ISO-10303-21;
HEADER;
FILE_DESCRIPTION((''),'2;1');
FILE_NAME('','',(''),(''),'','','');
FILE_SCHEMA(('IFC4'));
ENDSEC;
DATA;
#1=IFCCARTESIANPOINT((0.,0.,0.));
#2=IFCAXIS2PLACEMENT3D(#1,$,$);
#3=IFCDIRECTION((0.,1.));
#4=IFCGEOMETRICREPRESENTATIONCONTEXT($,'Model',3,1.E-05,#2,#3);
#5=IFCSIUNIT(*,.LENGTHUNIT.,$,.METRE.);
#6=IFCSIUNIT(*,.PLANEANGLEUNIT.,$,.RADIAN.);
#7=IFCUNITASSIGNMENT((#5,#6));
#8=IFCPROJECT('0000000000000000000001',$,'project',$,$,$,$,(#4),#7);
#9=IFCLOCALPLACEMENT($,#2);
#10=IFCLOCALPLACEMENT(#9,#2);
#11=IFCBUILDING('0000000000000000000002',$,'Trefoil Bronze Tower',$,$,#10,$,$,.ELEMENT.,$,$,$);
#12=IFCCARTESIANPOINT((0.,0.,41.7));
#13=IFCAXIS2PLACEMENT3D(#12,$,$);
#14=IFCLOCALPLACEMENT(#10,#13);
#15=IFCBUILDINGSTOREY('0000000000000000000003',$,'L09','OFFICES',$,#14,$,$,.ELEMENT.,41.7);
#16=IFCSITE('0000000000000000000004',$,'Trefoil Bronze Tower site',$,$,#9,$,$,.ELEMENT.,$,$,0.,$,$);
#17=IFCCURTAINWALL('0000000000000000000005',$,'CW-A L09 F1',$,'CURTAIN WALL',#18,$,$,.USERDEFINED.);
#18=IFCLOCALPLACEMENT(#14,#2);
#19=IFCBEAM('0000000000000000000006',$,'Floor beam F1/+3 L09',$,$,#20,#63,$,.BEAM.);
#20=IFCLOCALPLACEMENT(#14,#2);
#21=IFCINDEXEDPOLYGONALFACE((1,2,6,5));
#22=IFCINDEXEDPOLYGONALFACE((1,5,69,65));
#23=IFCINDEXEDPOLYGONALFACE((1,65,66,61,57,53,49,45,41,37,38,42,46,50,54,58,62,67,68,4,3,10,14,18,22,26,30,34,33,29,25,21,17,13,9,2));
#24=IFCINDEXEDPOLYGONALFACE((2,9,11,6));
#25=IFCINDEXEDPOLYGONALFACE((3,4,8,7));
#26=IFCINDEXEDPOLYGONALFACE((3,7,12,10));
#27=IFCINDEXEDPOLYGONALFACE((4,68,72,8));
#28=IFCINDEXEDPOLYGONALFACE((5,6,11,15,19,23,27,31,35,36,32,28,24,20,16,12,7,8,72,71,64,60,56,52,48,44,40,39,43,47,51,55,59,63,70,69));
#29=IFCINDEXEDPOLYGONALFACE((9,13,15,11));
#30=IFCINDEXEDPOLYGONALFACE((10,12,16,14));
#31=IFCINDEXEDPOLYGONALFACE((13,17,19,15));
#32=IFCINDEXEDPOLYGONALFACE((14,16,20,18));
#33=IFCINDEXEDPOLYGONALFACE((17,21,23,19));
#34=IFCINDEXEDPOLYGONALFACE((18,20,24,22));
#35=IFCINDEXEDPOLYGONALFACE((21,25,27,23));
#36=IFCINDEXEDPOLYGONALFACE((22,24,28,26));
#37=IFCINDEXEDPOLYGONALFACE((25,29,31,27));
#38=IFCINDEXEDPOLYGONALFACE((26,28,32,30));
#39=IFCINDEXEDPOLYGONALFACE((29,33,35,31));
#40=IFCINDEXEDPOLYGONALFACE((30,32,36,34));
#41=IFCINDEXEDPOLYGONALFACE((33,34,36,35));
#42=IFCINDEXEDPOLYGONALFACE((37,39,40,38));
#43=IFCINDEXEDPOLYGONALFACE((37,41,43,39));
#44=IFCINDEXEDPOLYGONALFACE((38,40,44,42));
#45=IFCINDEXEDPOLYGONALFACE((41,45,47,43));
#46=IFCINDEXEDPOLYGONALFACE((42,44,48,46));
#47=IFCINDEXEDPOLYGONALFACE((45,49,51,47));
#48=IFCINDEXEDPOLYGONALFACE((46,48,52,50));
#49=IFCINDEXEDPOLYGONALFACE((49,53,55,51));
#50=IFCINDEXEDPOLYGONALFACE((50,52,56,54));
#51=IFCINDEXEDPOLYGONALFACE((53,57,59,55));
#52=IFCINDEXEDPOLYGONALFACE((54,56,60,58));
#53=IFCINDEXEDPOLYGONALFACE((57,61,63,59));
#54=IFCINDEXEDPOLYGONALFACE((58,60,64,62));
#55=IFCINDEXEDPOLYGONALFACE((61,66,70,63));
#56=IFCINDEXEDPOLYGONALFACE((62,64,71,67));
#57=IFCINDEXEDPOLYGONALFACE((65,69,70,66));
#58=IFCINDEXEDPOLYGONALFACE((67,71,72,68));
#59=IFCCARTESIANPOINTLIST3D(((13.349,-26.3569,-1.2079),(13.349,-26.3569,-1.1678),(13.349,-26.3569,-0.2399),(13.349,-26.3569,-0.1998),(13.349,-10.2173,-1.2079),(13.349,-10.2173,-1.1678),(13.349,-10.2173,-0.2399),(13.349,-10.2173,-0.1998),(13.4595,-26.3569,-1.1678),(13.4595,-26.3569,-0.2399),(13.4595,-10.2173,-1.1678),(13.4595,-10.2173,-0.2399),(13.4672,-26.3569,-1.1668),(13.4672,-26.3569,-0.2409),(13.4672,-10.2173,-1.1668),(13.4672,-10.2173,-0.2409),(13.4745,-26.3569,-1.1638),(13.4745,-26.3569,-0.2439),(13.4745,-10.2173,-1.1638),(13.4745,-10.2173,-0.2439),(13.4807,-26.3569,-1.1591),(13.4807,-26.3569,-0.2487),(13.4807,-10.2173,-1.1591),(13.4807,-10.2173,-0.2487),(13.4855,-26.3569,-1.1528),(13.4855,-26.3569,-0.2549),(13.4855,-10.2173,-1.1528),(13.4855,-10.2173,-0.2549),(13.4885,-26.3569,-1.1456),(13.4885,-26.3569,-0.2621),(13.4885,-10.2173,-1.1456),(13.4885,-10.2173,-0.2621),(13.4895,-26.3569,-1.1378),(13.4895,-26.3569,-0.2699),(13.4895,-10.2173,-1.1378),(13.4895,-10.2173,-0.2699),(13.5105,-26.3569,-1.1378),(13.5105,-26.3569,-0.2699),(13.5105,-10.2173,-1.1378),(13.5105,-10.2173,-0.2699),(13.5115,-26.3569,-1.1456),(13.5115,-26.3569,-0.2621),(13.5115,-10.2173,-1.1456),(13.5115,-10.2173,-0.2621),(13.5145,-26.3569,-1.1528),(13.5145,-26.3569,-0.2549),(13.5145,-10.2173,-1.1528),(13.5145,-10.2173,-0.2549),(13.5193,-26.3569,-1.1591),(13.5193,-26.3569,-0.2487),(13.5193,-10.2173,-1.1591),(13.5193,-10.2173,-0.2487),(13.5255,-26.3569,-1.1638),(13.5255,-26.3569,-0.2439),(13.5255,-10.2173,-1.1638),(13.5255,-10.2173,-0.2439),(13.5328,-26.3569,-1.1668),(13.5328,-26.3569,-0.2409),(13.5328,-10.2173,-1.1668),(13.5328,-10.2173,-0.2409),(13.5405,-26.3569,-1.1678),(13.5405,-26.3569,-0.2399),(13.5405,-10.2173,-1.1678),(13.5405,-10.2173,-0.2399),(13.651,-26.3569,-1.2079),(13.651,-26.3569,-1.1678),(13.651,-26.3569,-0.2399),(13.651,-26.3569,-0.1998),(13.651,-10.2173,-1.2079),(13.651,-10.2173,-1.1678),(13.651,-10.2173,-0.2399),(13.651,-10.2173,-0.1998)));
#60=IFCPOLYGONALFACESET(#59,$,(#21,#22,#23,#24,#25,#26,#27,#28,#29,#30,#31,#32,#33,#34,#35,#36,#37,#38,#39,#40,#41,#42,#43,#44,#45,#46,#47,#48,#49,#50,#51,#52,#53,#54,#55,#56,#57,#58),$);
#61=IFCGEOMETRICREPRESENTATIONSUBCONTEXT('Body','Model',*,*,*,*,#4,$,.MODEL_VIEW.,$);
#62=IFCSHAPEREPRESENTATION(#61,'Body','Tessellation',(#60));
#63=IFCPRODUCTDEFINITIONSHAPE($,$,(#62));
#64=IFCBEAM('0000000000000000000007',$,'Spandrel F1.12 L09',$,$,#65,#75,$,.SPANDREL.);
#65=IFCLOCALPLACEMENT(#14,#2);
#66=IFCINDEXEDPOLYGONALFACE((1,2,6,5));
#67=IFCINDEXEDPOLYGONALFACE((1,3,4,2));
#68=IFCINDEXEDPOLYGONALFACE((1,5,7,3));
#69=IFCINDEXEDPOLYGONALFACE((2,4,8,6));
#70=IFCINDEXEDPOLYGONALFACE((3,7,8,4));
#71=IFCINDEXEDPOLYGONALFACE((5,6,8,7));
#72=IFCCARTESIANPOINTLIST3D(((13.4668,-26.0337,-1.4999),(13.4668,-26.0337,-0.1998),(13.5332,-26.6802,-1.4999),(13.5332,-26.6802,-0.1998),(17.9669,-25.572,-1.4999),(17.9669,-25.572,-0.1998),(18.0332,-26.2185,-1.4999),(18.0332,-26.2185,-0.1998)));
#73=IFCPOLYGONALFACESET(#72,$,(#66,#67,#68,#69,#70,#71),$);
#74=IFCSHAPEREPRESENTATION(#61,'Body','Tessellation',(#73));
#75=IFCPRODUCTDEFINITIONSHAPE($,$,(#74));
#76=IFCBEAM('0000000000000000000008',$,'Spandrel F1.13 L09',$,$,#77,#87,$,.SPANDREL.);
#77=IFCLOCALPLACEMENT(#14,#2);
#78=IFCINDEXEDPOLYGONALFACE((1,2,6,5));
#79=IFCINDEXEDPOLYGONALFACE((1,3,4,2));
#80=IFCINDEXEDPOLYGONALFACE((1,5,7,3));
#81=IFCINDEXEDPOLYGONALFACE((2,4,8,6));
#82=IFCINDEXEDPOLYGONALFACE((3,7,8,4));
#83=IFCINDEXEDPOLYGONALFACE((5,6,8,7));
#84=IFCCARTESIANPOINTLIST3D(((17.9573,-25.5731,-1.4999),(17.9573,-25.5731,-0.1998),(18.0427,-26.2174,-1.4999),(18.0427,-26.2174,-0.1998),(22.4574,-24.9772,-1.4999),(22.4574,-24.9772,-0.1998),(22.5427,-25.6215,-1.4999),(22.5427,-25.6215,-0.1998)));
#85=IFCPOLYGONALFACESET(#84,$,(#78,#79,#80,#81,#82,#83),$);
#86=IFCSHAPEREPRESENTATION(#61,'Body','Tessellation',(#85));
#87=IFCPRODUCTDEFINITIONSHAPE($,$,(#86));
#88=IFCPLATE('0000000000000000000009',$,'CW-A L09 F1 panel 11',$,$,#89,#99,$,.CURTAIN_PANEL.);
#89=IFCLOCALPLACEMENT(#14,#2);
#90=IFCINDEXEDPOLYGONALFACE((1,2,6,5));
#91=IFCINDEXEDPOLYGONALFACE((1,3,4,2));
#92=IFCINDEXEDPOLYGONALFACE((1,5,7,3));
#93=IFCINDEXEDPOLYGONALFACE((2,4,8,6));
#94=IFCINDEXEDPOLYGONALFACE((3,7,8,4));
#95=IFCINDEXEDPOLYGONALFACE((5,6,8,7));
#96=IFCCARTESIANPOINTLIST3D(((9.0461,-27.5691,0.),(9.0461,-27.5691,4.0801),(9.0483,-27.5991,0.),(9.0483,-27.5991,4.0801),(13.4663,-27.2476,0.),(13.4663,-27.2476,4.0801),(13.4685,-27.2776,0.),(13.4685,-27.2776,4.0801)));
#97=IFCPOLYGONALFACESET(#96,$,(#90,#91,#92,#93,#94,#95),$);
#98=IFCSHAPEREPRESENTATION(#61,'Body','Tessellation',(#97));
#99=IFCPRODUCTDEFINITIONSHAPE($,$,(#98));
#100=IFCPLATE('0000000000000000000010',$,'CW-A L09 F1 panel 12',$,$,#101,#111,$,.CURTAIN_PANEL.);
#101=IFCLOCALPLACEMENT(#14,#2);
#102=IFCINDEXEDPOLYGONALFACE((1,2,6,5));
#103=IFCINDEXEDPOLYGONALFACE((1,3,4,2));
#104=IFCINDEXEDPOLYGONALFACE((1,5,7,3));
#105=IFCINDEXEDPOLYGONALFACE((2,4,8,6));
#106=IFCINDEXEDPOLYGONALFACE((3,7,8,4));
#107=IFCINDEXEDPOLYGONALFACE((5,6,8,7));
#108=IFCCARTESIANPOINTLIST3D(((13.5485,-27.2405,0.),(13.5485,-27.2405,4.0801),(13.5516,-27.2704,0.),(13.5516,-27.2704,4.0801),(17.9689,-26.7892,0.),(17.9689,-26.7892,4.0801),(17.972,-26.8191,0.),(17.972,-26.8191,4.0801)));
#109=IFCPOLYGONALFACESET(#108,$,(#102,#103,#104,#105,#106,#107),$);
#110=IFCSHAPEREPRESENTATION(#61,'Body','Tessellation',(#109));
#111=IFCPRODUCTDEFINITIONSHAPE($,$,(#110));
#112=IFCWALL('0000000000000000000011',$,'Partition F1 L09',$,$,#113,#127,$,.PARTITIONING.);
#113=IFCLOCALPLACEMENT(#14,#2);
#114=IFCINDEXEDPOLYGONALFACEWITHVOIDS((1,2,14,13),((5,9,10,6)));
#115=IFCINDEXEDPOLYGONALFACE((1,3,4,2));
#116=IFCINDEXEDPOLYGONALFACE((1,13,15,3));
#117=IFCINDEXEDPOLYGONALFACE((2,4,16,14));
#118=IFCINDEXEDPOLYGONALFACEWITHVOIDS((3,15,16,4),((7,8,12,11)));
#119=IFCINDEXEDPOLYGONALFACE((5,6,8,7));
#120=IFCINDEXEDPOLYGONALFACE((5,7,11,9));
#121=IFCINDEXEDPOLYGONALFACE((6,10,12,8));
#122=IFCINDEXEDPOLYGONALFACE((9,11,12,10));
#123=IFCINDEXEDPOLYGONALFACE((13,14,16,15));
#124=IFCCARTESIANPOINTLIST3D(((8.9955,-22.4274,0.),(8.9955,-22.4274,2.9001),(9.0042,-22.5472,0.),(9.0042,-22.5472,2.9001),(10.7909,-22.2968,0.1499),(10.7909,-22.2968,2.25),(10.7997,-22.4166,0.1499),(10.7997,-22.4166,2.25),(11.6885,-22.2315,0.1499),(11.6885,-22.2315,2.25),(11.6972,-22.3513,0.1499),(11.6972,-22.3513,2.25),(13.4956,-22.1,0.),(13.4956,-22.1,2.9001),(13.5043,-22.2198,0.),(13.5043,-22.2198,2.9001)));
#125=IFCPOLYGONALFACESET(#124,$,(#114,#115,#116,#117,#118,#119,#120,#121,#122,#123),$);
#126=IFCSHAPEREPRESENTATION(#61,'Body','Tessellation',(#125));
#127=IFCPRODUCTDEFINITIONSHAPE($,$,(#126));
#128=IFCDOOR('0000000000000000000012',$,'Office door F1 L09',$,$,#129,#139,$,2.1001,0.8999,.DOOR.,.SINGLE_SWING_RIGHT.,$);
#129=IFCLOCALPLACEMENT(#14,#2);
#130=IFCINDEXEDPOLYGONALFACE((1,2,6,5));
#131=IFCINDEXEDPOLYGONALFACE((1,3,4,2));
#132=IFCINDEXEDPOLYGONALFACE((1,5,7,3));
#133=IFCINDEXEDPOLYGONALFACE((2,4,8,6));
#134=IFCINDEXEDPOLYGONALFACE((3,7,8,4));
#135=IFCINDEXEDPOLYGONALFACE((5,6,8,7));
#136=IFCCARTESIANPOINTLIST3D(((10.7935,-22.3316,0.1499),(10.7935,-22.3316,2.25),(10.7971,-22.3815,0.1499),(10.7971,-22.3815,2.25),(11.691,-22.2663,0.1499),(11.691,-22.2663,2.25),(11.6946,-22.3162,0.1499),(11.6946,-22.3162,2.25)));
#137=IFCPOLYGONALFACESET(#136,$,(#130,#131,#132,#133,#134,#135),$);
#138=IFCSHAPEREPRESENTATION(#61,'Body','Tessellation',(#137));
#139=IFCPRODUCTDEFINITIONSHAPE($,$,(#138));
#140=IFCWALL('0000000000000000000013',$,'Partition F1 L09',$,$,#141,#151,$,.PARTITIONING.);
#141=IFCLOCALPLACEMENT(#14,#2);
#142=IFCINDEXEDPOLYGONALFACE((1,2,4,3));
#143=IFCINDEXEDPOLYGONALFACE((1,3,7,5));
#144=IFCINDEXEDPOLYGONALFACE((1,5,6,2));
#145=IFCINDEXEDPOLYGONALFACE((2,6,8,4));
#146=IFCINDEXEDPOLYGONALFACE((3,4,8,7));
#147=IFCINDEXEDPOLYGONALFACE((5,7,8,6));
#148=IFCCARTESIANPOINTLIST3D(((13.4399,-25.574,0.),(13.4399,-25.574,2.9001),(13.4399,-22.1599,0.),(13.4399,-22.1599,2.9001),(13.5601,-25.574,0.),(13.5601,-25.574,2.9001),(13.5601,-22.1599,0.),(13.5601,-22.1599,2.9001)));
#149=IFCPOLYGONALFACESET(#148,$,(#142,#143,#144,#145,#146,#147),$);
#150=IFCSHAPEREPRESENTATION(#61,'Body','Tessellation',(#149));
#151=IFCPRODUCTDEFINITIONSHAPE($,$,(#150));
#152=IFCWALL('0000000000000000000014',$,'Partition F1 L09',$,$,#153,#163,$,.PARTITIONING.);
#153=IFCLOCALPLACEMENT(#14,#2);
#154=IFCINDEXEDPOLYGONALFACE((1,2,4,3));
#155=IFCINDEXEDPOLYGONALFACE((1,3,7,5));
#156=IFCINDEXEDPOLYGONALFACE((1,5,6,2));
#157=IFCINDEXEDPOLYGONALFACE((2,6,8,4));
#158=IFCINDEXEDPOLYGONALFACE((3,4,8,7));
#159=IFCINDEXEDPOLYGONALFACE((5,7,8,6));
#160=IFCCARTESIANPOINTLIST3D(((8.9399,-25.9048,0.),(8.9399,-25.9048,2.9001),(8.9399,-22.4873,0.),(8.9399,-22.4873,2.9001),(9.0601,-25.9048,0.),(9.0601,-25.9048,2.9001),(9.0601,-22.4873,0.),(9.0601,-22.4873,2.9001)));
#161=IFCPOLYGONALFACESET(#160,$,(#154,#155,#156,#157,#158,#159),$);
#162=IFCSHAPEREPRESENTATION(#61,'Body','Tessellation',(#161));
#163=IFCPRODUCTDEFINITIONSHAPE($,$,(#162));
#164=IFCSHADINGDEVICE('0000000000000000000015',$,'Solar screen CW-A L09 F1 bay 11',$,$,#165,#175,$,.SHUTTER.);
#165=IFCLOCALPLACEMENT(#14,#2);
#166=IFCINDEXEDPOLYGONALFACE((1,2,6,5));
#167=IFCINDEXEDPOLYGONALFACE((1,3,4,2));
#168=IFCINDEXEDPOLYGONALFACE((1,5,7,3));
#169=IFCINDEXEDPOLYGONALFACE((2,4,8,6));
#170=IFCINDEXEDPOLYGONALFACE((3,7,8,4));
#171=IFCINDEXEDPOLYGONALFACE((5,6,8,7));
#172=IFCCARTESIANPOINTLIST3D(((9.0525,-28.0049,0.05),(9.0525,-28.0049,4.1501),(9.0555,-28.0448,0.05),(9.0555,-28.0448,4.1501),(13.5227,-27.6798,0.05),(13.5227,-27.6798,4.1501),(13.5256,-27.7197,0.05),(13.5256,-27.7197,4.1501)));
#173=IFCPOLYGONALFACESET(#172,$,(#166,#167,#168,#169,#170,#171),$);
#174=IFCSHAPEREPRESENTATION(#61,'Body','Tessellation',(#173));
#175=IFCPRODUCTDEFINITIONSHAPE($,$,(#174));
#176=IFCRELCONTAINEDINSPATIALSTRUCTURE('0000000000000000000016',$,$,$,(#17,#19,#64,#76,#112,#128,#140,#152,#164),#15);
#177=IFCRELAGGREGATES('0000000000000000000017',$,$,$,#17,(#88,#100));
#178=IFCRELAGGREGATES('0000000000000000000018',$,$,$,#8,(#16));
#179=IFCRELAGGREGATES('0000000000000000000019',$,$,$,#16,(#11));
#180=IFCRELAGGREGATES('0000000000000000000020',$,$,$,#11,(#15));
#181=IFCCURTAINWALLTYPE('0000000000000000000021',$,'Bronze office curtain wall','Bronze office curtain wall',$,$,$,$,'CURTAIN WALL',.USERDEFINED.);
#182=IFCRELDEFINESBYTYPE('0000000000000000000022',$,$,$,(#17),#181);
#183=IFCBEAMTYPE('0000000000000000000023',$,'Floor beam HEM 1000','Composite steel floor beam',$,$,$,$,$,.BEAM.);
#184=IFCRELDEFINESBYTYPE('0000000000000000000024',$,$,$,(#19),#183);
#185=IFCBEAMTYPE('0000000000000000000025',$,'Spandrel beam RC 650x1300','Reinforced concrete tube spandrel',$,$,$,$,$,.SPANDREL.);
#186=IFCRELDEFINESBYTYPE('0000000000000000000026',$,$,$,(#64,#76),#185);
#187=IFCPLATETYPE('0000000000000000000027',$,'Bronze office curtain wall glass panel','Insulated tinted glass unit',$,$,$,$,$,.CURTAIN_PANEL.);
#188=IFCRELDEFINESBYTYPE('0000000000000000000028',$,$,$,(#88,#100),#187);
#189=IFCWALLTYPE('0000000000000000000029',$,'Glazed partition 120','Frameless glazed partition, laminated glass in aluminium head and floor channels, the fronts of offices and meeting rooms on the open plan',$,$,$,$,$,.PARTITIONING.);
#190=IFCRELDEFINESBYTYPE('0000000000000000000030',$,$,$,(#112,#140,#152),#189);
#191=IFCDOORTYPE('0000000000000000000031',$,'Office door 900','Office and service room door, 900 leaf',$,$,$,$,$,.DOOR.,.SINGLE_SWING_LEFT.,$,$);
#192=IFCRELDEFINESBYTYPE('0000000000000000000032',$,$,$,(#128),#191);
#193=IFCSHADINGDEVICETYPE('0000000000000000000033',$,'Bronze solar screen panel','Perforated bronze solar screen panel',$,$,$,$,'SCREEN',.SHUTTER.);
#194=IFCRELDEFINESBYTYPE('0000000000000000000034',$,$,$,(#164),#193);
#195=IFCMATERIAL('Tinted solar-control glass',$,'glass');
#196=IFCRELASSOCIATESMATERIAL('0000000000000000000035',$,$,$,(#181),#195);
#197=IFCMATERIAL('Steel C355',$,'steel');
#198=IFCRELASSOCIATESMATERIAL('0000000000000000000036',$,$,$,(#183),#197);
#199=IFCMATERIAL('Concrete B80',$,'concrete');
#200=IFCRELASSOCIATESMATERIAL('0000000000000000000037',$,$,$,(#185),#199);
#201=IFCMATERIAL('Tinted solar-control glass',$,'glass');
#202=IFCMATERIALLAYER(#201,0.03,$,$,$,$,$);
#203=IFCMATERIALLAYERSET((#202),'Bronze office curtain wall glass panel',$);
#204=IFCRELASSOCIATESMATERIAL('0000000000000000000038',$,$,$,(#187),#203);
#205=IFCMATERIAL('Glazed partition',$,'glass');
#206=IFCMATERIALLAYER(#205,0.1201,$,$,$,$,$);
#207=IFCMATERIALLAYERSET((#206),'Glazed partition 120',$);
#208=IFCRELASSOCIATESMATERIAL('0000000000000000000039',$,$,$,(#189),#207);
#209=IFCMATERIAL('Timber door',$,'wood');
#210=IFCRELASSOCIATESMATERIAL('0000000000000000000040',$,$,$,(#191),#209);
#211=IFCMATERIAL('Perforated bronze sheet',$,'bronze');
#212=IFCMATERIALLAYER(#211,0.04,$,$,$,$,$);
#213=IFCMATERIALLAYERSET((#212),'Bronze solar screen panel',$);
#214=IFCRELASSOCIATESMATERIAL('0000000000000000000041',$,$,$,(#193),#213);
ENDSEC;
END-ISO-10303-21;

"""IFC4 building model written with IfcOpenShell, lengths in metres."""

from ifc_helpers import new_model, si_unit, direction, frame, frame_2d, origin, origin_2d, place, context, subcontext, project, spatial, rectangle, i_section, extrude, material, layer, layer_set, material_profile, profile_set, type_object, element, fill, aggregate, save


model = new_model("IFC4")

# Units and contexts
model_context = context("Model", 3, precision=1e-05, world=origin(), true_north=direction((0.0, 1.0)))
body_context = subcontext(model_context, "Body", "Model", "MODEL_VIEW")
ifc_project = project(units=[si_unit("LENGTHUNIT", "METRE"), si_unit("PLANEANGLEUNIT", "RADIAN")], contexts=[model_context])

# Site, building, storey
site_placement = place(None, origin())
site = spatial("IfcSite", under=ifc_project, at=site_placement, Name="Trefoil Bronze Tower site", CompositionType="ELEMENT", RefElevation=0.0)
building_placement = place(site_placement, origin())
building = spatial("IfcBuilding", under=site, at=building_placement, Name="Trefoil Bronze Tower", CompositionType="ELEMENT")
storey_placement = place(building_placement, frame((0.0, 0.0, 41.7)))
storey = spatial("IfcBuildingStorey", under=building, at=storey_placement, Name="L09", Description="OFFICES", CompositionType="ELEMENT", Elevation=41.7)

# Curtain wall
ifc_material_1 = material(Name="Tinted solar-control glass", Category="glass")
curtain_wall_type = type_object("IfcCurtainWallType", Name="Bronze office curtain wall", Description="Bronze office curtain wall", ElementType="CURTAIN WALL", PredefinedType="USERDEFINED", material=ifc_material_1)
curtain_wall_placement = place(storey_placement, origin())
curtain_wall = element("IfcCurtainWall", 1, at=curtain_wall_placement, inside=storey, type_object=curtain_wall_type, Name="CW-A L09 F1", ObjectType="CURTAIN WALL", PredefinedType="USERDEFINED")

# Beams
ifc_material_2 = material(Name="Steel C355", Category="steel")
ifc_material_profile_1 = material_profile(ifc_material_2, i_section(OverallWidth=0.302, OverallDepth=1.0081, WebThickness=0.021, FlangeThickness=0.04, FilletRadius=0.03, at=origin_2d()), Name="HEM 1000")
ifc_profile_set_1 = profile_set([ifc_material_profile_1], Name="Steel C355")
beam_type_1 = type_object("IfcBeamType", Name="Floor beam HEM 1000", Description="Composite steel floor beam", PredefinedType="BEAM", material=ifc_profile_set_1)
beam_1_placement = place(storey_placement, frame((13.5, -26.3569, -0.7039), z_axis=(0.0, 1.0, 0.0), x_axis=(-1.0, 0.0, 0.0)))
element("IfcBeam", 2, at=beam_1_placement, inside=storey, type_object=beam_type_1, Name="Floor beam F1/+3 L09", PredefinedType="BEAM", context=body_context, shape_type="SweptSolid", body=[
    extrude(i_section(OverallWidth=0.302, OverallDepth=1.0081, WebThickness=0.021, FlangeThickness=0.04, FilletRadius=0.03, at=origin_2d()), origin(), (0.0, 0.0, 1.0), 16.1396),
])
ifc_material_3 = material(Name="Concrete B80", Category="concrete")
ifc_material_profile_2 = material_profile(ifc_material_3, rectangle(XDim=0.6499, YDim=1.3, at=origin_2d()), Name="RC 650x1300")
ifc_profile_set_2 = profile_set([ifc_material_profile_2], Name="Concrete B80")
beam_type_2 = type_object("IfcBeamType", Name="Spandrel beam RC 650x1300", Description="Reinforced concrete tube spandrel", PredefinedType="SPANDREL", material=ifc_profile_set_2)
beam_2_placement = place(storey_placement, frame((13.5, -26.3569, -0.8499), z_axis=(0.994778, 0.102058, 0.0), x_axis=(-0.102058, 0.994778, 0.0)))
element("IfcBeam", 3, at=beam_2_placement, inside=storey, type_object=beam_type_2, Name="Spandrel F1.12 L09", PredefinedType="SPANDREL", context=body_context, shape_type="SweptSolid", body=[
    extrude(rectangle(XDim=0.6499, YDim=1.3, at=origin_2d()), origin(), (0.0, 0.0, 1.0), 4.5237),
])
beam_3_placement = place(storey_placement, frame((18.0, -25.8953, -0.8499), z_axis=(0.991344, 0.131286, 0.0), x_axis=(-0.131286, 0.991344, 0.0)))
element("IfcBeam", 4, at=beam_3_placement, inside=storey, type_object=beam_type_2, Name="Spandrel F1.13 L09", PredefinedType="SPANDREL", context=body_context, shape_type="SweptSolid", body=[
    extrude(rectangle(XDim=0.6499, YDim=1.3, at=origin_2d()), origin(), (0.0, 0.0, 1.0), 4.5393),
])

# Plates
ifc_material_4 = material(Name="Tinted solar-control glass", Category="glass")
ifc_layer_1 = layer(ifc_material_4, 0.03)
ifc_layer_set_1 = layer_set([ifc_layer_1], Name="Bronze office curtain wall glass panel")
plate_type = type_object("IfcPlateType", Name="Bronze office curtain wall glass panel", Description="Insulated tinted glass unit", PredefinedType="CURTAIN_PANEL", material=ifc_layer_set_1)
plate_1_placement = place(storey_placement, frame((11.2573, -27.4233, 0.0), z_axis=(0.0, 0.0, 1.0), x_axis=(0.997365, 0.072547, 0.0)))
plate_1 = element("IfcPlate", 5, at=plate_1_placement, type_object=plate_type, Name="CW-A L09 F1 panel 11", PredefinedType="CURTAIN_PANEL", context=body_context, shape_type="SweptSolid", body=[
    extrude(rectangle(XDim=4.4319, YDim=0.03, at=origin_2d()), origin(), (0.0, 0.0, 1.0), 4.0801),
])
plate_2_placement = place(storey_placement, frame((15.7603, -27.0298, 0.0), z_axis=(0.0, 0.0, 1.0), x_axis=(0.994829, 0.101565, 0.0)))
plate_2 = element("IfcPlate", 6, at=plate_2_placement, type_object=plate_type, Name="CW-A L09 F1 panel 12", PredefinedType="CURTAIN_PANEL", context=body_context, shape_type="SweptSolid", body=[
    extrude(rectangle(XDim=4.4434, YDim=0.03, at=origin_2d()), origin(), (0.0, 0.0, 1.0), 4.0801),
])
aggregate(curtain_wall, [plate_1, plate_2])

# Wall, opening, door
ifc_material_5 = material(Name="Glazed partition", Category="glass")
ifc_layer_2 = layer(ifc_material_5, 0.1201)
ifc_layer_set_2 = layer_set([ifc_layer_2], Name="Glazed partition 120")
wall_type = type_object("IfcWallType", Name="Glazed partition 120", Description="Frameless glazed partition, laminated glass in aluminium head and floor channels, the fronts of offices and meeting rooms on the open plan", PredefinedType="PARTITIONING", material=ifc_layer_set_2)
wall_1_placement = place(storey_placement, frame((9.0, -22.4873, 0.0), z_axis=(0.0, 0.0, 1.0), x_axis=(0.997364, 0.072562, 0.0)))
wall_1 = element("IfcWall", 7, at=wall_1_placement, inside=storey, type_object=wall_type, Name="Partition F1 L09", PredefinedType="PARTITIONING", context=body_context, shape_type="SweptSolid", body=[
    extrude(rectangle(XDim=4.512, YDim=0.1201, at=frame_2d((2.2559, 0.0))), origin(), (0.0, 0.0, 1.0), 2.9001),
])
opening_placement = place(wall_1_placement, frame((1.8, 0.0, 0.1499)))
opening = element("IfcOpeningElement", 8, at=opening_placement, cuts=wall_1, PredefinedType="OPENING", context=body_context, shape_type="SweptSolid", body=[
    extrude(rectangle(XDim=0.8999, YDim=2.1001, at=frame_2d((0.45, 1.05))), frame((0.0, 0.0701, 0.0), z_axis=(0.0, -1.0, 0.0), x_axis=(1.0, 0.0, 0.0)), (0.0, 0.0, 1.0), 0.1401),
])
ifc_material_6 = material(Name="Timber door", Category="wood")
door_type = type_object("IfcDoorType", Name="Office door 900", Description="Office and service room door, 900 leaf", OperationType="SINGLE_SWING_LEFT", PredefinedType="DOOR", material=ifc_material_6)
door_placement = place(opening_placement, frame((0.8999, 0.0, 0.0), z_axis=(0.0, 0.0, 1.0), x_axis=(-1.0, 0.0, 0.0)))
door = element("IfcDoor", 9, at=door_placement, inside=storey, type_object=door_type, Name="Office door F1 L09", OperationType="SINGLE_SWING_RIGHT", OverallHeight=2.1001, OverallWidth=0.8999, PredefinedType="DOOR", context=body_context, shape_type="SweptSolid", body=[
    extrude(rectangle(XDim=0.8999, YDim=2.1001, at=frame_2d((0.45, 1.05))), frame((0.0, 0.0249, 0.0), z_axis=(0.0, -1.0, 0.0), x_axis=(1.0, 0.0, 0.0)), (0.0, 0.0, 1.0), 0.05),
])
fill(opening, door)

# Walls
wall_2_placement = place(storey_placement, frame((13.5, -22.1599, 0.0), z_axis=(0.0, 0.0, 1.0), x_axis=(0.0, -1.0, 0.0)))
element("IfcWall", 10, at=wall_2_placement, inside=storey, type_object=wall_type, Name="Partition F1 L09", PredefinedType="PARTITIONING", context=body_context, shape_type="SweptSolid", body=[
    extrude(rectangle(XDim=3.4141, YDim=0.1201, at=frame_2d((1.707, 0.0))), origin(), (0.0, 0.0, 1.0), 2.9001),
])
wall_3_placement = place(storey_placement, frame((9.0, -22.4873, 0.0), z_axis=(0.0, 0.0, 1.0), x_axis=(0.0, -1.0, 0.0)))
element("IfcWall", 11, at=wall_3_placement, inside=storey, type_object=wall_type, Name="Partition F1 L09", PredefinedType="PARTITIONING", context=body_context, shape_type="SweptSolid", body=[
    extrude(rectangle(XDim=3.4175, YDim=0.1201, at=frame_2d((1.7087, 0.0))), origin(), (0.0, 0.0, 1.0), 2.9001),
])

# Shading device
ifc_material_7 = material(Name="Perforated bronze sheet", Category="bronze")
ifc_layer_3 = layer(ifc_material_7, 0.04)
ifc_layer_set_3 = layer_set([ifc_layer_3], Name="Bronze solar screen panel")
shading_device_type = type_object("IfcShadingDeviceType", Name="Bronze solar screen panel", Description="Perforated bronze solar screen panel", ElementType="SCREEN", PredefinedType="SHUTTER", material=ifc_layer_set_3)
shading_device_1_placement = place(storey_placement, frame((11.2891, -27.8623, 0.05), z_axis=(0.0, 0.0, 1.0), x_axis=(0.997365, 0.072547, 0.0)))
element("IfcShadingDevice", 12, at=shading_device_1_placement, inside=storey, type_object=shading_device_type, Name="Solar screen CW-A L09 F1 bay 11", PredefinedType="SHUTTER", context=body_context, shape_type="SweptSolid", body=[
    extrude(rectangle(XDim=4.4819, YDim=0.04, at=origin_2d()), origin(), (0.0, 0.0, 1.0), 4.1001),
])

save(model, "model.ifc")
